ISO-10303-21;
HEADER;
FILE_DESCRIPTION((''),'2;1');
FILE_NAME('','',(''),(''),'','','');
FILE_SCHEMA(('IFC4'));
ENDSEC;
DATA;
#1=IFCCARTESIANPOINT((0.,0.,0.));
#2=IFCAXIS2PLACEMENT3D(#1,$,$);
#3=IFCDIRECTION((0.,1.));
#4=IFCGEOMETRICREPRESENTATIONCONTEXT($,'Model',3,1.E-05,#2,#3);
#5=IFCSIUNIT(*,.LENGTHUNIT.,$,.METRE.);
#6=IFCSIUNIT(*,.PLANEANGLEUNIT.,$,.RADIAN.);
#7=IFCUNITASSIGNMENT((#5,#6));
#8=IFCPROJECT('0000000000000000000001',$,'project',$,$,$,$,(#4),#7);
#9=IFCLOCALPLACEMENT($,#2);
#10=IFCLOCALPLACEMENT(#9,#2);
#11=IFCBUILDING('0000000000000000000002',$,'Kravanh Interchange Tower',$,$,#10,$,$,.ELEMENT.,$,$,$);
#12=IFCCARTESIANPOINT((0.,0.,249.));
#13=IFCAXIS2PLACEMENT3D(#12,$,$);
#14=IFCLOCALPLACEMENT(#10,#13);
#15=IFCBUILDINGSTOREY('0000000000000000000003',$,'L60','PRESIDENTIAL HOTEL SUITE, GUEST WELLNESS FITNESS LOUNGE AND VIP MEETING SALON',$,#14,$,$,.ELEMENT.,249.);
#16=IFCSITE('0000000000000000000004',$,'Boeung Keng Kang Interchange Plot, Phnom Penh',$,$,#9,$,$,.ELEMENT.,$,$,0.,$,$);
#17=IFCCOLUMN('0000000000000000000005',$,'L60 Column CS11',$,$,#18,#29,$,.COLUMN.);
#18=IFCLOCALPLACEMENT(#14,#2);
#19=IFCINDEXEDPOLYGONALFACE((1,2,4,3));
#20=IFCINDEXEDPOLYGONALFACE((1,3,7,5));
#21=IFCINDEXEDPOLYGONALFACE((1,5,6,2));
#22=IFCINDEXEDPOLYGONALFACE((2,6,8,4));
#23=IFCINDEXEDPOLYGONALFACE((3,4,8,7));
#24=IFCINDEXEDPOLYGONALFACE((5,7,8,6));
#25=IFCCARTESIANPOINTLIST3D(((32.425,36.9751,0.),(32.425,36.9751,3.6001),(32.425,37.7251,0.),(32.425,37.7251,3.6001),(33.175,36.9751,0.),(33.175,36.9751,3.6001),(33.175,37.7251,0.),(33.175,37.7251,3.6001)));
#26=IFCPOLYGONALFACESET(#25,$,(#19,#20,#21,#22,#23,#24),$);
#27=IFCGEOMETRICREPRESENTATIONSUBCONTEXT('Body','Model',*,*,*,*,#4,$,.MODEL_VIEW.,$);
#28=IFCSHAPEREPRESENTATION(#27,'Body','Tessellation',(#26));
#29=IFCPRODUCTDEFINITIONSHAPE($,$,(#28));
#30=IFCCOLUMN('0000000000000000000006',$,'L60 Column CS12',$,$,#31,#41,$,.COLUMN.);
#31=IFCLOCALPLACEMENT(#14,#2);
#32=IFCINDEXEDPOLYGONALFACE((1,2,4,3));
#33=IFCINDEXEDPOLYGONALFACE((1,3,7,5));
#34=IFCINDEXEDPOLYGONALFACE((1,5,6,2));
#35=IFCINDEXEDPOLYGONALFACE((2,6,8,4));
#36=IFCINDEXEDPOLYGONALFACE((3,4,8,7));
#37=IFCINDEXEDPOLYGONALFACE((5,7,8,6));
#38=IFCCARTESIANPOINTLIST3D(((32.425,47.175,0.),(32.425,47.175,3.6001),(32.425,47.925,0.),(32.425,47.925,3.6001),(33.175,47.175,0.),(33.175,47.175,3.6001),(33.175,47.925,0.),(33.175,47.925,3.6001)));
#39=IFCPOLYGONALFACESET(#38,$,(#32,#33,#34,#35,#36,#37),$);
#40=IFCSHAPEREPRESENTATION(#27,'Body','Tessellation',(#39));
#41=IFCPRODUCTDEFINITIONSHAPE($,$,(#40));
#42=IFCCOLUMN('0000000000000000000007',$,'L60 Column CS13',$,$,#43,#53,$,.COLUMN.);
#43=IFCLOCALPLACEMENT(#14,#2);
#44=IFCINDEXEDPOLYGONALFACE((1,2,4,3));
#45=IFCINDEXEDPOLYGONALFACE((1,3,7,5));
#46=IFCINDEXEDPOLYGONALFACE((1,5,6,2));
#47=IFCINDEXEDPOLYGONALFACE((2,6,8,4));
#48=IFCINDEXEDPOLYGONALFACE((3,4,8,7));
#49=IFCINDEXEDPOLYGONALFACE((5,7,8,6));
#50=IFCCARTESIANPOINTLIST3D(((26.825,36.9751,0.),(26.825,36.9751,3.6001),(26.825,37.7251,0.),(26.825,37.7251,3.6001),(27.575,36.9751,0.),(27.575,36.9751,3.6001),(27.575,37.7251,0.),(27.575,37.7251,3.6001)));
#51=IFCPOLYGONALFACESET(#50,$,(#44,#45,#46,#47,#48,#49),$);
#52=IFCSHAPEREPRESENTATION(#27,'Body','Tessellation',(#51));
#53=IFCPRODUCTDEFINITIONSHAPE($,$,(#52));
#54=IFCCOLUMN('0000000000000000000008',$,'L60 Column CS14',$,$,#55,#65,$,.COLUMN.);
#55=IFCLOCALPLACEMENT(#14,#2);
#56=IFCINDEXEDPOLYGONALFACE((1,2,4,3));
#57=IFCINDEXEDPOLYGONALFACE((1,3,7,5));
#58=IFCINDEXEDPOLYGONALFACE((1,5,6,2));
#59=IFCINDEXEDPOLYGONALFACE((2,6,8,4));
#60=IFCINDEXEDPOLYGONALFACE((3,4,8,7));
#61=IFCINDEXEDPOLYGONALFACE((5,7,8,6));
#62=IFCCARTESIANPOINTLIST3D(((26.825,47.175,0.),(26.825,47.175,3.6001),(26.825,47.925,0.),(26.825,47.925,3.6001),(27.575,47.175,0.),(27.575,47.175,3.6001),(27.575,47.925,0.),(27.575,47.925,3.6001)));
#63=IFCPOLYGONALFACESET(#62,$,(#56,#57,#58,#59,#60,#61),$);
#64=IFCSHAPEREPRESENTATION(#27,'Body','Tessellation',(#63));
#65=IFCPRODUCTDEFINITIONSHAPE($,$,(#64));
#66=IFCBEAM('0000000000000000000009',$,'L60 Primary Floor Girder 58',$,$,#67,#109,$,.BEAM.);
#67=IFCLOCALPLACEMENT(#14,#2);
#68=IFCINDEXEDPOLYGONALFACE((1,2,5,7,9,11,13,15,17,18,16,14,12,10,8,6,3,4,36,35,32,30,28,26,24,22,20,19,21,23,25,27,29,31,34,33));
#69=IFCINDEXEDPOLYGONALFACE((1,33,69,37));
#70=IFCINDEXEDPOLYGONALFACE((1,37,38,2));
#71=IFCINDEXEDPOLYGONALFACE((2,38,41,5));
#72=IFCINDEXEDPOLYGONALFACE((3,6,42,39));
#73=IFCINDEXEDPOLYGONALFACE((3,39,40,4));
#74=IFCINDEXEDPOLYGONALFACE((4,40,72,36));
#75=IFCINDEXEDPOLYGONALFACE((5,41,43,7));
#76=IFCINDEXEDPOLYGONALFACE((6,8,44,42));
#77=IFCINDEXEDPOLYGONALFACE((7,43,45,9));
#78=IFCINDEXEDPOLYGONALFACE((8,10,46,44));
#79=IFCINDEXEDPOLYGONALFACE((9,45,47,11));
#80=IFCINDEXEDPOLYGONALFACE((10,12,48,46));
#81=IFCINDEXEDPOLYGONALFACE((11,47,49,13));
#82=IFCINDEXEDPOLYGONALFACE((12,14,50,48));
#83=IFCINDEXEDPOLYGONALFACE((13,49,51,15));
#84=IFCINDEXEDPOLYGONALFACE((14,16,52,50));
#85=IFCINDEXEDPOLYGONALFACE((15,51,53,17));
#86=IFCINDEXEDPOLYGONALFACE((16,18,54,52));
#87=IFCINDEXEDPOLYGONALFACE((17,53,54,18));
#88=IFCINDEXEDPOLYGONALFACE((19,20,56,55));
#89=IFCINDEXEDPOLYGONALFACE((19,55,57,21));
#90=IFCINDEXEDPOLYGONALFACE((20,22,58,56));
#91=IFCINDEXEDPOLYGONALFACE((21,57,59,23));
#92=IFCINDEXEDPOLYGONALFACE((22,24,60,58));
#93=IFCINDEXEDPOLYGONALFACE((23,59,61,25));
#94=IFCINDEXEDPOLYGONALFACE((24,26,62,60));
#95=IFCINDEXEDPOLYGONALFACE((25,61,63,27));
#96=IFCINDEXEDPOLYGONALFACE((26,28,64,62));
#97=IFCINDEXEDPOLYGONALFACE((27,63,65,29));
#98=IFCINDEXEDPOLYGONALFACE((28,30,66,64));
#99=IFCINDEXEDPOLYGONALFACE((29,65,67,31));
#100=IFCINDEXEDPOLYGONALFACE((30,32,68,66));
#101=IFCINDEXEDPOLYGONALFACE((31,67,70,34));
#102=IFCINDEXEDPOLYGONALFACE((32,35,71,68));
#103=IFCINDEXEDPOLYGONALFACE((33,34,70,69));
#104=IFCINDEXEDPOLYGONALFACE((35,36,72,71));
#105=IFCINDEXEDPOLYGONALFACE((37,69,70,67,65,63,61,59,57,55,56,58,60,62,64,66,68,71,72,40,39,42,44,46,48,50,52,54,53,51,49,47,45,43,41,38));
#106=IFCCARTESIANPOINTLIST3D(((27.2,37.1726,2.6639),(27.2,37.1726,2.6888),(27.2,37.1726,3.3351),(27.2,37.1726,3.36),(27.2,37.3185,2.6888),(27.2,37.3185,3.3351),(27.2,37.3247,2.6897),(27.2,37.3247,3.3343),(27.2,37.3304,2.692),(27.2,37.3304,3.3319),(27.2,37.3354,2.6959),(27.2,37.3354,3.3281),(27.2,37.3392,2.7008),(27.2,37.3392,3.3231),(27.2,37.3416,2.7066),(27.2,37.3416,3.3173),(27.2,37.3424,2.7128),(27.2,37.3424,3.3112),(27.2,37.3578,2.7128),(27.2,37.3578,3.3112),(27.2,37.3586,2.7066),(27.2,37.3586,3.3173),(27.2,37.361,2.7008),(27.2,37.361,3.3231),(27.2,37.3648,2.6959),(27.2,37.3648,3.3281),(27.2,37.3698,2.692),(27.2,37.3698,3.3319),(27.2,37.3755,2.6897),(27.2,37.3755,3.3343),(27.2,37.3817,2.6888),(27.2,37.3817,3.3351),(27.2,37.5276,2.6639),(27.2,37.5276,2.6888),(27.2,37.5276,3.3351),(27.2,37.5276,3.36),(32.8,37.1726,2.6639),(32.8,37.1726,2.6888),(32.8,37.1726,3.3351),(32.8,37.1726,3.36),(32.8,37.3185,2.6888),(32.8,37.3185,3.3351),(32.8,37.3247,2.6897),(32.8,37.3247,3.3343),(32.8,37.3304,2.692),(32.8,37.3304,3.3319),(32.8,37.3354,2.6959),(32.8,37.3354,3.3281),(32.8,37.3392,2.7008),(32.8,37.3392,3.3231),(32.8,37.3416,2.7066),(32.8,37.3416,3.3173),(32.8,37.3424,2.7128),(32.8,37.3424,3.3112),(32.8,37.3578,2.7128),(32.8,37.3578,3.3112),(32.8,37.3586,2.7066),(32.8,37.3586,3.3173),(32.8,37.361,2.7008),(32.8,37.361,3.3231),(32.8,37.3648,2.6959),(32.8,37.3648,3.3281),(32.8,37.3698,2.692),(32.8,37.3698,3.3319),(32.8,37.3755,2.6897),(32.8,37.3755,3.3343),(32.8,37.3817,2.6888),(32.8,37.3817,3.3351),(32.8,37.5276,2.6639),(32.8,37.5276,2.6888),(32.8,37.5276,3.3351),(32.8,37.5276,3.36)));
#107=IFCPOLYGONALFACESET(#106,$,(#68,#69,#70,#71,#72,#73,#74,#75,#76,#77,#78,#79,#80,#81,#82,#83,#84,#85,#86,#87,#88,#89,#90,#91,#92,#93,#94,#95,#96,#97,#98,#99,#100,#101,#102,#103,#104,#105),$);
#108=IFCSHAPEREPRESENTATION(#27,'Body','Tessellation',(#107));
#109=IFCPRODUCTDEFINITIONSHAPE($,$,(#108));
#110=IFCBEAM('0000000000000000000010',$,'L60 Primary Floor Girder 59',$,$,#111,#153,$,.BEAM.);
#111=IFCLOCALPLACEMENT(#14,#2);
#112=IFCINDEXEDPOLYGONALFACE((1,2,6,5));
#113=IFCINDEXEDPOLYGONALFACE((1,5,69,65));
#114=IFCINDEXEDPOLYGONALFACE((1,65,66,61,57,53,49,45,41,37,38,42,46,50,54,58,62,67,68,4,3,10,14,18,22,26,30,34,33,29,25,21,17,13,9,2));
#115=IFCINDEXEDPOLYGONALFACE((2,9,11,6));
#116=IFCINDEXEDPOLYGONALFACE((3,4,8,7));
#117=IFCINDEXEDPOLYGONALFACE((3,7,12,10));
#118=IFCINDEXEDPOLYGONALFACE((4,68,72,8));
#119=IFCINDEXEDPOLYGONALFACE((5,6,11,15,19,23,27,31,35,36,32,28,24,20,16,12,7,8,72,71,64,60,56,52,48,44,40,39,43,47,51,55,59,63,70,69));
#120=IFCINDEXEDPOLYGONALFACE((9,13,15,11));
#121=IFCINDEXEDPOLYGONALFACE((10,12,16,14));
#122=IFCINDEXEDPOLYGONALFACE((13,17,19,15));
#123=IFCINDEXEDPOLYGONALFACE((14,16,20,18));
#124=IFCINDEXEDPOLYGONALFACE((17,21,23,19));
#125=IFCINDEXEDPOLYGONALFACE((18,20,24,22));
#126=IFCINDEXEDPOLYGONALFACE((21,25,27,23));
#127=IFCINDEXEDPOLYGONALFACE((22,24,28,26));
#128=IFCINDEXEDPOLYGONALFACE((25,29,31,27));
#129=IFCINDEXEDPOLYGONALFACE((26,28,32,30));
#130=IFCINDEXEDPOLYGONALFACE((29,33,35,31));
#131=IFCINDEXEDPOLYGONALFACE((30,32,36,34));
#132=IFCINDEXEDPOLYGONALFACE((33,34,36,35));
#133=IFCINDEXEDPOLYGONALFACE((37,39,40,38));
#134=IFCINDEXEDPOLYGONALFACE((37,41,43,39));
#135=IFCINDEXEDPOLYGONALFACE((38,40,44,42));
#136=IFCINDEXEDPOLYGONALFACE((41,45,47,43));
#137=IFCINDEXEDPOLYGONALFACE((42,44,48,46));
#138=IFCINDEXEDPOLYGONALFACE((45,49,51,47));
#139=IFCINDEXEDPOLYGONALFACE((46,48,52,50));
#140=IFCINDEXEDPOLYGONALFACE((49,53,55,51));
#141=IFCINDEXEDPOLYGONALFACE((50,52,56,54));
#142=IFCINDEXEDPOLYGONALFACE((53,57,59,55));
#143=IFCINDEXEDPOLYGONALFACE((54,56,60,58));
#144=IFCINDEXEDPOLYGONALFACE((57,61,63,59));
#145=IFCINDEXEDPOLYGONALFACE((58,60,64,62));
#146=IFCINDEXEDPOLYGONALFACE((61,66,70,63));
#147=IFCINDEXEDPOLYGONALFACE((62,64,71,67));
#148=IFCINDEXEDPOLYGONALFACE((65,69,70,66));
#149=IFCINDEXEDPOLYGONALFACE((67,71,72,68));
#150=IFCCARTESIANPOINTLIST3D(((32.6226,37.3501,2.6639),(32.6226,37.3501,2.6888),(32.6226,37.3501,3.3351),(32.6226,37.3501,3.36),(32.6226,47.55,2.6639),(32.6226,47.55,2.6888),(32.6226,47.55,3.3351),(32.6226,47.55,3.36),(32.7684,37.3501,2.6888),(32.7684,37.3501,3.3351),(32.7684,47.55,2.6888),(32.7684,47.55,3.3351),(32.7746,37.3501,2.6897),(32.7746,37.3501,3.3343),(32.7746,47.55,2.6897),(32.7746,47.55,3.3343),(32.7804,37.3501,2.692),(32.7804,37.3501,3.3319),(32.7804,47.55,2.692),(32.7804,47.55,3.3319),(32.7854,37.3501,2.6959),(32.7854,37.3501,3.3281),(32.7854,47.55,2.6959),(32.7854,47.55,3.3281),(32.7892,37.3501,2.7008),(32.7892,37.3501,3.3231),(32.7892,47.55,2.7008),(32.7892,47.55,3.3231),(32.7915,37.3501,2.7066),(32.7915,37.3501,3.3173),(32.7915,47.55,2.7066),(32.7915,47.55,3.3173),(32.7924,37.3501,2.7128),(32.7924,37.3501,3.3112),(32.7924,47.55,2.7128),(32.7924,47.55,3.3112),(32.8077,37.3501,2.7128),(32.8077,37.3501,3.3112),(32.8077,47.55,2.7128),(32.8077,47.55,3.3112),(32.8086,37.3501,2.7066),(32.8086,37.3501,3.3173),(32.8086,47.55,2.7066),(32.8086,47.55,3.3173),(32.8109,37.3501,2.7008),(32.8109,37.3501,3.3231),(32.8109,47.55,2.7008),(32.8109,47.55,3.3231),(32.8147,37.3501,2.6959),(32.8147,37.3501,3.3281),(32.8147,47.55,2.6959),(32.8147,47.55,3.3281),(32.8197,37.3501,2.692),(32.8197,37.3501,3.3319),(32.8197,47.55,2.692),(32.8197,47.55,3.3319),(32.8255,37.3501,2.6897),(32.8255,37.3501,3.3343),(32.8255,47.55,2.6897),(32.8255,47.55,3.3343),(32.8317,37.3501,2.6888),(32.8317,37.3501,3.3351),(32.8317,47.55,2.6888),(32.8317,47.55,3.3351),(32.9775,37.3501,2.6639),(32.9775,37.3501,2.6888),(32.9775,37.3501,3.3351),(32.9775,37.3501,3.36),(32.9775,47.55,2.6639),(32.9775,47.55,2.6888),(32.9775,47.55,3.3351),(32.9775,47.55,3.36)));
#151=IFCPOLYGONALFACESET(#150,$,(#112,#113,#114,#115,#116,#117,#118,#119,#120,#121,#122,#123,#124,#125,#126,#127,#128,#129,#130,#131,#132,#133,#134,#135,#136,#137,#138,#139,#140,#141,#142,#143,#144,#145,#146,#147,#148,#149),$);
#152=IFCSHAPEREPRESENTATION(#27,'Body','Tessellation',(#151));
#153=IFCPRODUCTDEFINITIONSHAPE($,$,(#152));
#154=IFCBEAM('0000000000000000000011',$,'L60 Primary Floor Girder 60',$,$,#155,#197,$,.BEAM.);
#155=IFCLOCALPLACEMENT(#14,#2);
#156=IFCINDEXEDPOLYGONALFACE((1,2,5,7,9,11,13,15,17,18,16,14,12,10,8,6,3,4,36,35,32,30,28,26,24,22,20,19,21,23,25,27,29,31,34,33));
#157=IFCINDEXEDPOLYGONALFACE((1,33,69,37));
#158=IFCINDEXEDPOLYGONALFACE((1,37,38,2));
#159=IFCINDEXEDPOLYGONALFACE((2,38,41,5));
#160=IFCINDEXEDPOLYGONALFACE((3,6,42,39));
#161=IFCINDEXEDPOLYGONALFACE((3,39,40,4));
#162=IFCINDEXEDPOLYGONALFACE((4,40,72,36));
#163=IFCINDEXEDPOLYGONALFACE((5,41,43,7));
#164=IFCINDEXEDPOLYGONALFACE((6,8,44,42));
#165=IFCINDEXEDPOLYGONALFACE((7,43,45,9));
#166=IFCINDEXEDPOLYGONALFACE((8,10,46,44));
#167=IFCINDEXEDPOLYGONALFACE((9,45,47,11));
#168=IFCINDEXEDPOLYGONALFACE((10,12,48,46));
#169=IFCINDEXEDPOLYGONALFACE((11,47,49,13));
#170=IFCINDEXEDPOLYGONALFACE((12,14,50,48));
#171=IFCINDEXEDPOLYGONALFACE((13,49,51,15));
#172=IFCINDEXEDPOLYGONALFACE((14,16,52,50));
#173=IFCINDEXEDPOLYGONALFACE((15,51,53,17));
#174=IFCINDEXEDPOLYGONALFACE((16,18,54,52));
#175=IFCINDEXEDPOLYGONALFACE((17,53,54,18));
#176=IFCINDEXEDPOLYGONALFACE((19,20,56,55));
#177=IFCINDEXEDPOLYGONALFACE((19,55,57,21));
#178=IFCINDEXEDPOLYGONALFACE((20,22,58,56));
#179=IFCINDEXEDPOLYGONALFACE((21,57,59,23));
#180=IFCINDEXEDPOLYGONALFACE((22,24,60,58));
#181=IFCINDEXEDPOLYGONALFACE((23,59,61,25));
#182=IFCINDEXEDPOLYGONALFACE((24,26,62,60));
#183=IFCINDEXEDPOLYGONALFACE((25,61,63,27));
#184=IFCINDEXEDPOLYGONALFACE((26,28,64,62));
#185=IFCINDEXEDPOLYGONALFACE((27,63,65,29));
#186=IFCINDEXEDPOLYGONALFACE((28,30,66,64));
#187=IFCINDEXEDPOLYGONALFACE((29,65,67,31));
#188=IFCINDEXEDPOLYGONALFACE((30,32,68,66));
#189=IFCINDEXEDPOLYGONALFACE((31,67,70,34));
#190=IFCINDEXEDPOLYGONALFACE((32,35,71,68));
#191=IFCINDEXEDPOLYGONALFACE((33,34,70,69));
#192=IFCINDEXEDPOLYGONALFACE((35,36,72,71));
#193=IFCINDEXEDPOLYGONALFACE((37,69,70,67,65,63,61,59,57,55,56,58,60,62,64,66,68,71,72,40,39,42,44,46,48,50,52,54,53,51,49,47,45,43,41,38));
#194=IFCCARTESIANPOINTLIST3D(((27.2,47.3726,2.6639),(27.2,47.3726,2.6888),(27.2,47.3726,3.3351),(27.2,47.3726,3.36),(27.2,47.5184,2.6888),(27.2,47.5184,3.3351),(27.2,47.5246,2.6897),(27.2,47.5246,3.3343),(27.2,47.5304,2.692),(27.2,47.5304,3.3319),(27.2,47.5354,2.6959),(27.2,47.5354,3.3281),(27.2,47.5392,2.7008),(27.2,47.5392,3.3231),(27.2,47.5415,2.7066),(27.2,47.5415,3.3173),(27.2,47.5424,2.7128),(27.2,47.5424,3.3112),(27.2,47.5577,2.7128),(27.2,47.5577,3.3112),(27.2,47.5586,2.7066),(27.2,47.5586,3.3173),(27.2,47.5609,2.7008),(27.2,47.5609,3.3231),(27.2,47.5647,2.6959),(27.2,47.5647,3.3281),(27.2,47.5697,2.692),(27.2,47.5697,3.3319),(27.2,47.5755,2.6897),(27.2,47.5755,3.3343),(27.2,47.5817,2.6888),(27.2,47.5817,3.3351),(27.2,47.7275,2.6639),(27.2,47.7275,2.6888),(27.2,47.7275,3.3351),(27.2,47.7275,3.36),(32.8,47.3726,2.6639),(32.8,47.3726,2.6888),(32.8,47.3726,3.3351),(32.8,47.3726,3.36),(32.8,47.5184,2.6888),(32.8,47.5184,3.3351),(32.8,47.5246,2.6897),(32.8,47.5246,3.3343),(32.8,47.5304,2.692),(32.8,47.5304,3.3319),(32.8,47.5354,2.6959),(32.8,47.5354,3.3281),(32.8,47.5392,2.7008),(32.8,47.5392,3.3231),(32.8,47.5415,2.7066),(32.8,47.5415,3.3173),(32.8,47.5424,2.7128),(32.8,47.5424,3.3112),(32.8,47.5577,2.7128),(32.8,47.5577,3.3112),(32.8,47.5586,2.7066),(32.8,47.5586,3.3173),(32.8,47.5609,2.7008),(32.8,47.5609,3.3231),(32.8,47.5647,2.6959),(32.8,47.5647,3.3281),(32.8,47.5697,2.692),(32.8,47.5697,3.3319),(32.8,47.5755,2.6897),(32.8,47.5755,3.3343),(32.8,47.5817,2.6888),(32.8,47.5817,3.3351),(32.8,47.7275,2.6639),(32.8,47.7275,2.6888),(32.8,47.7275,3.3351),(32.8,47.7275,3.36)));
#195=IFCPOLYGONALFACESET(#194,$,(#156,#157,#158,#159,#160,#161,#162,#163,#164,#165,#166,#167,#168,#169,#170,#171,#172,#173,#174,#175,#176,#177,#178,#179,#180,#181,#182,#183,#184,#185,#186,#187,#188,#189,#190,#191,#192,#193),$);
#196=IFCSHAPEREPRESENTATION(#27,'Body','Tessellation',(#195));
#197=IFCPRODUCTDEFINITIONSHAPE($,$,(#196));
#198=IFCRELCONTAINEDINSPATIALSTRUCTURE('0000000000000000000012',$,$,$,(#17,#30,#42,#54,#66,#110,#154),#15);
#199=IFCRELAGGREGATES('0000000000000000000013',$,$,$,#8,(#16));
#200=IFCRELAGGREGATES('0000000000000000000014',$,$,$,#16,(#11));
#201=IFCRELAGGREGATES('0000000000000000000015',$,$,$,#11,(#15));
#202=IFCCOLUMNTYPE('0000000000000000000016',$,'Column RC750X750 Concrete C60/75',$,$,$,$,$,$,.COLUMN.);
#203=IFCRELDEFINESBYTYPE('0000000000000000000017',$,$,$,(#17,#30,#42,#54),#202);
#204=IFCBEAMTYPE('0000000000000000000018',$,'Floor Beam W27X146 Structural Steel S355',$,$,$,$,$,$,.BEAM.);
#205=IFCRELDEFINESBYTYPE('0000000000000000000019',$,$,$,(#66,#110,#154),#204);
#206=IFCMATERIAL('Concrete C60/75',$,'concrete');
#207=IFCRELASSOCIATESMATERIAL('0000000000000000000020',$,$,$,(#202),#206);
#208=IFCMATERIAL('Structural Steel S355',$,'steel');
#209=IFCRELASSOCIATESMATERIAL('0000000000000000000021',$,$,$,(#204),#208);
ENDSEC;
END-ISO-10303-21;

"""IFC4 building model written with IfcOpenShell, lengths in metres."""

from ifc_helpers import new_model, si_unit, direction, frame, origin, origin_2d, place, context, subcontext, project, spatial, rectangle, i_section, extrude, material, material_profile, profile_set, type_object, element, save


model = new_model("IFC4")

# Units and contexts
model_context = context("Model", 3, precision=1e-05, world=origin(), true_north=direction((0.0, 1.0)))
body_context = subcontext(model_context, "Body", "Model", "MODEL_VIEW")
ifc_project = project(units=[si_unit("LENGTHUNIT", "METRE"), si_unit("PLANEANGLEUNIT", "RADIAN")], contexts=[model_context])

# Site, building, storey
site_placement = place(None, origin())
site = spatial("IfcSite", under=ifc_project, at=site_placement, Name="Boeung Keng Kang Interchange Plot, Phnom Penh", CompositionType="ELEMENT", RefElevation=0.0)
building_placement = place(site_placement, origin())
building = spatial("IfcBuilding", under=site, at=building_placement, Name="Kravanh Interchange Tower", CompositionType="ELEMENT")
storey_placement = place(building_placement, frame((0.0, 0.0, 249.0)))
storey = spatial("IfcBuildingStorey", under=building, at=storey_placement, Name="L60", Description="PRESIDENTIAL HOTEL SUITE, GUEST WELLNESS FITNESS LOUNGE AND VIP MEETING SALON", CompositionType="ELEMENT", Elevation=249.0)

# Columns
ifc_material_1 = material(Name="Concrete C60/75", Category="concrete")
ifc_material_profile_1 = material_profile(ifc_material_1, rectangle(XDim=0.75, YDim=0.75, at=origin_2d()), Name="RC750X750")
ifc_profile_set_1 = profile_set([ifc_material_profile_1], Name="Concrete C60/75")
column_type = type_object("IfcColumnType", Name="Column RC750X750 Concrete C60/75", PredefinedType="COLUMN", material=ifc_profile_set_1)
for number, where, z_axis, x_axis, name in (
    (1, (32.8, 37.3501, 0.0), (0.0, 0.0, 1.0), (1.0, 0.0, 0.0), "L60 Column CS11"),
    (2, (32.8, 47.55, 0.0), (0.0, 0.0, 1.0), (1.0, 0.0, 0.0), "L60 Column CS12"),
    (3, (27.2, 37.3501, 0.0), (0.0, 0.0, 1.0), (1.0, 0.0, 0.0), "L60 Column CS13"),
    (4, (27.2, 47.55, 0.0), (0.0, 0.0, 1.0), (1.0, 0.0, 0.0), "L60 Column CS14"),
):
    element("IfcColumn", number, at=place(storey_placement, frame(where, z_axis=z_axis, x_axis=x_axis)), inside=storey, type_object=column_type, Name=name, PredefinedType="COLUMN", context=body_context, shape_type="SweptSolid", body=[
        extrude(rectangle(XDim=0.75, YDim=0.75, at=origin_2d()), origin(), (0.0, 0.0, 1.0), 3.6001),
    ])

# Beams
ifc_material_2 = material(Name="Structural Steel S355", Category="steel")
ifc_material_profile_2 = material_profile(ifc_material_2, i_section(OverallWidth=0.355, OverallDepth=0.696, WebThickness=0.0154, FlangeThickness=0.0249, FilletRadius=0.0239, at=origin_2d()), Name="W27X146")
ifc_profile_set_2 = profile_set([ifc_material_profile_2], Name="Structural Steel S355")
beam_type = type_object("IfcBeamType", Name="Floor Beam W27X146 Structural Steel S355", PredefinedType="BEAM", material=ifc_profile_set_2)
beam_1_placement = place(storey_placement, frame((32.8, 37.3501, 3.012), z_axis=(-1.0, 0.0, 0.0), x_axis=(0.0, -1.0, 0.0)))
element("IfcBeam", 5, at=beam_1_placement, inside=storey, type_object=beam_type, Name="L60 Primary Floor Girder 58", PredefinedType="BEAM", context=body_context, shape_type="SweptSolid", body=[
    extrude(i_section(OverallWidth=0.355, OverallDepth=0.696, WebThickness=0.0154, FlangeThickness=0.0249, FilletRadius=0.0239, at=origin_2d()), origin(), (0.0, 0.0, 1.0), 5.6001),
])
beam_2_placement = place(storey_placement, frame((32.8, 37.3501, 3.012), z_axis=(0.0, 1.0, 0.0), x_axis=(-1.0, 0.0, 0.0)))
element("IfcBeam", 6, at=beam_2_placement, inside=storey, type_object=beam_type, Name="L60 Primary Floor Girder 59", PredefinedType="BEAM", context=body_context, shape_type="SweptSolid", body=[
    extrude(i_section(OverallWidth=0.355, OverallDepth=0.696, WebThickness=0.0154, FlangeThickness=0.0249, FilletRadius=0.0239, at=origin_2d()), origin(), (0.0, 0.0, 1.0), 10.2),
])
beam_3_placement = place(storey_placement, frame((32.8, 47.55, 3.012), z_axis=(-1.0, 0.0, 0.0), x_axis=(0.0, -1.0, 0.0)))
element("IfcBeam", 7, at=beam_3_placement, inside=storey, type_object=beam_type, Name="L60 Primary Floor Girder 60", PredefinedType="BEAM", context=body_context, shape_type="SweptSolid", body=[
    extrude(i_section(OverallWidth=0.355, OverallDepth=0.696, WebThickness=0.0154, FlangeThickness=0.0249, FilletRadius=0.0239, at=origin_2d()), origin(), (0.0, 0.0, 1.0), 5.6001),
])

save(model, "model.ifc")
